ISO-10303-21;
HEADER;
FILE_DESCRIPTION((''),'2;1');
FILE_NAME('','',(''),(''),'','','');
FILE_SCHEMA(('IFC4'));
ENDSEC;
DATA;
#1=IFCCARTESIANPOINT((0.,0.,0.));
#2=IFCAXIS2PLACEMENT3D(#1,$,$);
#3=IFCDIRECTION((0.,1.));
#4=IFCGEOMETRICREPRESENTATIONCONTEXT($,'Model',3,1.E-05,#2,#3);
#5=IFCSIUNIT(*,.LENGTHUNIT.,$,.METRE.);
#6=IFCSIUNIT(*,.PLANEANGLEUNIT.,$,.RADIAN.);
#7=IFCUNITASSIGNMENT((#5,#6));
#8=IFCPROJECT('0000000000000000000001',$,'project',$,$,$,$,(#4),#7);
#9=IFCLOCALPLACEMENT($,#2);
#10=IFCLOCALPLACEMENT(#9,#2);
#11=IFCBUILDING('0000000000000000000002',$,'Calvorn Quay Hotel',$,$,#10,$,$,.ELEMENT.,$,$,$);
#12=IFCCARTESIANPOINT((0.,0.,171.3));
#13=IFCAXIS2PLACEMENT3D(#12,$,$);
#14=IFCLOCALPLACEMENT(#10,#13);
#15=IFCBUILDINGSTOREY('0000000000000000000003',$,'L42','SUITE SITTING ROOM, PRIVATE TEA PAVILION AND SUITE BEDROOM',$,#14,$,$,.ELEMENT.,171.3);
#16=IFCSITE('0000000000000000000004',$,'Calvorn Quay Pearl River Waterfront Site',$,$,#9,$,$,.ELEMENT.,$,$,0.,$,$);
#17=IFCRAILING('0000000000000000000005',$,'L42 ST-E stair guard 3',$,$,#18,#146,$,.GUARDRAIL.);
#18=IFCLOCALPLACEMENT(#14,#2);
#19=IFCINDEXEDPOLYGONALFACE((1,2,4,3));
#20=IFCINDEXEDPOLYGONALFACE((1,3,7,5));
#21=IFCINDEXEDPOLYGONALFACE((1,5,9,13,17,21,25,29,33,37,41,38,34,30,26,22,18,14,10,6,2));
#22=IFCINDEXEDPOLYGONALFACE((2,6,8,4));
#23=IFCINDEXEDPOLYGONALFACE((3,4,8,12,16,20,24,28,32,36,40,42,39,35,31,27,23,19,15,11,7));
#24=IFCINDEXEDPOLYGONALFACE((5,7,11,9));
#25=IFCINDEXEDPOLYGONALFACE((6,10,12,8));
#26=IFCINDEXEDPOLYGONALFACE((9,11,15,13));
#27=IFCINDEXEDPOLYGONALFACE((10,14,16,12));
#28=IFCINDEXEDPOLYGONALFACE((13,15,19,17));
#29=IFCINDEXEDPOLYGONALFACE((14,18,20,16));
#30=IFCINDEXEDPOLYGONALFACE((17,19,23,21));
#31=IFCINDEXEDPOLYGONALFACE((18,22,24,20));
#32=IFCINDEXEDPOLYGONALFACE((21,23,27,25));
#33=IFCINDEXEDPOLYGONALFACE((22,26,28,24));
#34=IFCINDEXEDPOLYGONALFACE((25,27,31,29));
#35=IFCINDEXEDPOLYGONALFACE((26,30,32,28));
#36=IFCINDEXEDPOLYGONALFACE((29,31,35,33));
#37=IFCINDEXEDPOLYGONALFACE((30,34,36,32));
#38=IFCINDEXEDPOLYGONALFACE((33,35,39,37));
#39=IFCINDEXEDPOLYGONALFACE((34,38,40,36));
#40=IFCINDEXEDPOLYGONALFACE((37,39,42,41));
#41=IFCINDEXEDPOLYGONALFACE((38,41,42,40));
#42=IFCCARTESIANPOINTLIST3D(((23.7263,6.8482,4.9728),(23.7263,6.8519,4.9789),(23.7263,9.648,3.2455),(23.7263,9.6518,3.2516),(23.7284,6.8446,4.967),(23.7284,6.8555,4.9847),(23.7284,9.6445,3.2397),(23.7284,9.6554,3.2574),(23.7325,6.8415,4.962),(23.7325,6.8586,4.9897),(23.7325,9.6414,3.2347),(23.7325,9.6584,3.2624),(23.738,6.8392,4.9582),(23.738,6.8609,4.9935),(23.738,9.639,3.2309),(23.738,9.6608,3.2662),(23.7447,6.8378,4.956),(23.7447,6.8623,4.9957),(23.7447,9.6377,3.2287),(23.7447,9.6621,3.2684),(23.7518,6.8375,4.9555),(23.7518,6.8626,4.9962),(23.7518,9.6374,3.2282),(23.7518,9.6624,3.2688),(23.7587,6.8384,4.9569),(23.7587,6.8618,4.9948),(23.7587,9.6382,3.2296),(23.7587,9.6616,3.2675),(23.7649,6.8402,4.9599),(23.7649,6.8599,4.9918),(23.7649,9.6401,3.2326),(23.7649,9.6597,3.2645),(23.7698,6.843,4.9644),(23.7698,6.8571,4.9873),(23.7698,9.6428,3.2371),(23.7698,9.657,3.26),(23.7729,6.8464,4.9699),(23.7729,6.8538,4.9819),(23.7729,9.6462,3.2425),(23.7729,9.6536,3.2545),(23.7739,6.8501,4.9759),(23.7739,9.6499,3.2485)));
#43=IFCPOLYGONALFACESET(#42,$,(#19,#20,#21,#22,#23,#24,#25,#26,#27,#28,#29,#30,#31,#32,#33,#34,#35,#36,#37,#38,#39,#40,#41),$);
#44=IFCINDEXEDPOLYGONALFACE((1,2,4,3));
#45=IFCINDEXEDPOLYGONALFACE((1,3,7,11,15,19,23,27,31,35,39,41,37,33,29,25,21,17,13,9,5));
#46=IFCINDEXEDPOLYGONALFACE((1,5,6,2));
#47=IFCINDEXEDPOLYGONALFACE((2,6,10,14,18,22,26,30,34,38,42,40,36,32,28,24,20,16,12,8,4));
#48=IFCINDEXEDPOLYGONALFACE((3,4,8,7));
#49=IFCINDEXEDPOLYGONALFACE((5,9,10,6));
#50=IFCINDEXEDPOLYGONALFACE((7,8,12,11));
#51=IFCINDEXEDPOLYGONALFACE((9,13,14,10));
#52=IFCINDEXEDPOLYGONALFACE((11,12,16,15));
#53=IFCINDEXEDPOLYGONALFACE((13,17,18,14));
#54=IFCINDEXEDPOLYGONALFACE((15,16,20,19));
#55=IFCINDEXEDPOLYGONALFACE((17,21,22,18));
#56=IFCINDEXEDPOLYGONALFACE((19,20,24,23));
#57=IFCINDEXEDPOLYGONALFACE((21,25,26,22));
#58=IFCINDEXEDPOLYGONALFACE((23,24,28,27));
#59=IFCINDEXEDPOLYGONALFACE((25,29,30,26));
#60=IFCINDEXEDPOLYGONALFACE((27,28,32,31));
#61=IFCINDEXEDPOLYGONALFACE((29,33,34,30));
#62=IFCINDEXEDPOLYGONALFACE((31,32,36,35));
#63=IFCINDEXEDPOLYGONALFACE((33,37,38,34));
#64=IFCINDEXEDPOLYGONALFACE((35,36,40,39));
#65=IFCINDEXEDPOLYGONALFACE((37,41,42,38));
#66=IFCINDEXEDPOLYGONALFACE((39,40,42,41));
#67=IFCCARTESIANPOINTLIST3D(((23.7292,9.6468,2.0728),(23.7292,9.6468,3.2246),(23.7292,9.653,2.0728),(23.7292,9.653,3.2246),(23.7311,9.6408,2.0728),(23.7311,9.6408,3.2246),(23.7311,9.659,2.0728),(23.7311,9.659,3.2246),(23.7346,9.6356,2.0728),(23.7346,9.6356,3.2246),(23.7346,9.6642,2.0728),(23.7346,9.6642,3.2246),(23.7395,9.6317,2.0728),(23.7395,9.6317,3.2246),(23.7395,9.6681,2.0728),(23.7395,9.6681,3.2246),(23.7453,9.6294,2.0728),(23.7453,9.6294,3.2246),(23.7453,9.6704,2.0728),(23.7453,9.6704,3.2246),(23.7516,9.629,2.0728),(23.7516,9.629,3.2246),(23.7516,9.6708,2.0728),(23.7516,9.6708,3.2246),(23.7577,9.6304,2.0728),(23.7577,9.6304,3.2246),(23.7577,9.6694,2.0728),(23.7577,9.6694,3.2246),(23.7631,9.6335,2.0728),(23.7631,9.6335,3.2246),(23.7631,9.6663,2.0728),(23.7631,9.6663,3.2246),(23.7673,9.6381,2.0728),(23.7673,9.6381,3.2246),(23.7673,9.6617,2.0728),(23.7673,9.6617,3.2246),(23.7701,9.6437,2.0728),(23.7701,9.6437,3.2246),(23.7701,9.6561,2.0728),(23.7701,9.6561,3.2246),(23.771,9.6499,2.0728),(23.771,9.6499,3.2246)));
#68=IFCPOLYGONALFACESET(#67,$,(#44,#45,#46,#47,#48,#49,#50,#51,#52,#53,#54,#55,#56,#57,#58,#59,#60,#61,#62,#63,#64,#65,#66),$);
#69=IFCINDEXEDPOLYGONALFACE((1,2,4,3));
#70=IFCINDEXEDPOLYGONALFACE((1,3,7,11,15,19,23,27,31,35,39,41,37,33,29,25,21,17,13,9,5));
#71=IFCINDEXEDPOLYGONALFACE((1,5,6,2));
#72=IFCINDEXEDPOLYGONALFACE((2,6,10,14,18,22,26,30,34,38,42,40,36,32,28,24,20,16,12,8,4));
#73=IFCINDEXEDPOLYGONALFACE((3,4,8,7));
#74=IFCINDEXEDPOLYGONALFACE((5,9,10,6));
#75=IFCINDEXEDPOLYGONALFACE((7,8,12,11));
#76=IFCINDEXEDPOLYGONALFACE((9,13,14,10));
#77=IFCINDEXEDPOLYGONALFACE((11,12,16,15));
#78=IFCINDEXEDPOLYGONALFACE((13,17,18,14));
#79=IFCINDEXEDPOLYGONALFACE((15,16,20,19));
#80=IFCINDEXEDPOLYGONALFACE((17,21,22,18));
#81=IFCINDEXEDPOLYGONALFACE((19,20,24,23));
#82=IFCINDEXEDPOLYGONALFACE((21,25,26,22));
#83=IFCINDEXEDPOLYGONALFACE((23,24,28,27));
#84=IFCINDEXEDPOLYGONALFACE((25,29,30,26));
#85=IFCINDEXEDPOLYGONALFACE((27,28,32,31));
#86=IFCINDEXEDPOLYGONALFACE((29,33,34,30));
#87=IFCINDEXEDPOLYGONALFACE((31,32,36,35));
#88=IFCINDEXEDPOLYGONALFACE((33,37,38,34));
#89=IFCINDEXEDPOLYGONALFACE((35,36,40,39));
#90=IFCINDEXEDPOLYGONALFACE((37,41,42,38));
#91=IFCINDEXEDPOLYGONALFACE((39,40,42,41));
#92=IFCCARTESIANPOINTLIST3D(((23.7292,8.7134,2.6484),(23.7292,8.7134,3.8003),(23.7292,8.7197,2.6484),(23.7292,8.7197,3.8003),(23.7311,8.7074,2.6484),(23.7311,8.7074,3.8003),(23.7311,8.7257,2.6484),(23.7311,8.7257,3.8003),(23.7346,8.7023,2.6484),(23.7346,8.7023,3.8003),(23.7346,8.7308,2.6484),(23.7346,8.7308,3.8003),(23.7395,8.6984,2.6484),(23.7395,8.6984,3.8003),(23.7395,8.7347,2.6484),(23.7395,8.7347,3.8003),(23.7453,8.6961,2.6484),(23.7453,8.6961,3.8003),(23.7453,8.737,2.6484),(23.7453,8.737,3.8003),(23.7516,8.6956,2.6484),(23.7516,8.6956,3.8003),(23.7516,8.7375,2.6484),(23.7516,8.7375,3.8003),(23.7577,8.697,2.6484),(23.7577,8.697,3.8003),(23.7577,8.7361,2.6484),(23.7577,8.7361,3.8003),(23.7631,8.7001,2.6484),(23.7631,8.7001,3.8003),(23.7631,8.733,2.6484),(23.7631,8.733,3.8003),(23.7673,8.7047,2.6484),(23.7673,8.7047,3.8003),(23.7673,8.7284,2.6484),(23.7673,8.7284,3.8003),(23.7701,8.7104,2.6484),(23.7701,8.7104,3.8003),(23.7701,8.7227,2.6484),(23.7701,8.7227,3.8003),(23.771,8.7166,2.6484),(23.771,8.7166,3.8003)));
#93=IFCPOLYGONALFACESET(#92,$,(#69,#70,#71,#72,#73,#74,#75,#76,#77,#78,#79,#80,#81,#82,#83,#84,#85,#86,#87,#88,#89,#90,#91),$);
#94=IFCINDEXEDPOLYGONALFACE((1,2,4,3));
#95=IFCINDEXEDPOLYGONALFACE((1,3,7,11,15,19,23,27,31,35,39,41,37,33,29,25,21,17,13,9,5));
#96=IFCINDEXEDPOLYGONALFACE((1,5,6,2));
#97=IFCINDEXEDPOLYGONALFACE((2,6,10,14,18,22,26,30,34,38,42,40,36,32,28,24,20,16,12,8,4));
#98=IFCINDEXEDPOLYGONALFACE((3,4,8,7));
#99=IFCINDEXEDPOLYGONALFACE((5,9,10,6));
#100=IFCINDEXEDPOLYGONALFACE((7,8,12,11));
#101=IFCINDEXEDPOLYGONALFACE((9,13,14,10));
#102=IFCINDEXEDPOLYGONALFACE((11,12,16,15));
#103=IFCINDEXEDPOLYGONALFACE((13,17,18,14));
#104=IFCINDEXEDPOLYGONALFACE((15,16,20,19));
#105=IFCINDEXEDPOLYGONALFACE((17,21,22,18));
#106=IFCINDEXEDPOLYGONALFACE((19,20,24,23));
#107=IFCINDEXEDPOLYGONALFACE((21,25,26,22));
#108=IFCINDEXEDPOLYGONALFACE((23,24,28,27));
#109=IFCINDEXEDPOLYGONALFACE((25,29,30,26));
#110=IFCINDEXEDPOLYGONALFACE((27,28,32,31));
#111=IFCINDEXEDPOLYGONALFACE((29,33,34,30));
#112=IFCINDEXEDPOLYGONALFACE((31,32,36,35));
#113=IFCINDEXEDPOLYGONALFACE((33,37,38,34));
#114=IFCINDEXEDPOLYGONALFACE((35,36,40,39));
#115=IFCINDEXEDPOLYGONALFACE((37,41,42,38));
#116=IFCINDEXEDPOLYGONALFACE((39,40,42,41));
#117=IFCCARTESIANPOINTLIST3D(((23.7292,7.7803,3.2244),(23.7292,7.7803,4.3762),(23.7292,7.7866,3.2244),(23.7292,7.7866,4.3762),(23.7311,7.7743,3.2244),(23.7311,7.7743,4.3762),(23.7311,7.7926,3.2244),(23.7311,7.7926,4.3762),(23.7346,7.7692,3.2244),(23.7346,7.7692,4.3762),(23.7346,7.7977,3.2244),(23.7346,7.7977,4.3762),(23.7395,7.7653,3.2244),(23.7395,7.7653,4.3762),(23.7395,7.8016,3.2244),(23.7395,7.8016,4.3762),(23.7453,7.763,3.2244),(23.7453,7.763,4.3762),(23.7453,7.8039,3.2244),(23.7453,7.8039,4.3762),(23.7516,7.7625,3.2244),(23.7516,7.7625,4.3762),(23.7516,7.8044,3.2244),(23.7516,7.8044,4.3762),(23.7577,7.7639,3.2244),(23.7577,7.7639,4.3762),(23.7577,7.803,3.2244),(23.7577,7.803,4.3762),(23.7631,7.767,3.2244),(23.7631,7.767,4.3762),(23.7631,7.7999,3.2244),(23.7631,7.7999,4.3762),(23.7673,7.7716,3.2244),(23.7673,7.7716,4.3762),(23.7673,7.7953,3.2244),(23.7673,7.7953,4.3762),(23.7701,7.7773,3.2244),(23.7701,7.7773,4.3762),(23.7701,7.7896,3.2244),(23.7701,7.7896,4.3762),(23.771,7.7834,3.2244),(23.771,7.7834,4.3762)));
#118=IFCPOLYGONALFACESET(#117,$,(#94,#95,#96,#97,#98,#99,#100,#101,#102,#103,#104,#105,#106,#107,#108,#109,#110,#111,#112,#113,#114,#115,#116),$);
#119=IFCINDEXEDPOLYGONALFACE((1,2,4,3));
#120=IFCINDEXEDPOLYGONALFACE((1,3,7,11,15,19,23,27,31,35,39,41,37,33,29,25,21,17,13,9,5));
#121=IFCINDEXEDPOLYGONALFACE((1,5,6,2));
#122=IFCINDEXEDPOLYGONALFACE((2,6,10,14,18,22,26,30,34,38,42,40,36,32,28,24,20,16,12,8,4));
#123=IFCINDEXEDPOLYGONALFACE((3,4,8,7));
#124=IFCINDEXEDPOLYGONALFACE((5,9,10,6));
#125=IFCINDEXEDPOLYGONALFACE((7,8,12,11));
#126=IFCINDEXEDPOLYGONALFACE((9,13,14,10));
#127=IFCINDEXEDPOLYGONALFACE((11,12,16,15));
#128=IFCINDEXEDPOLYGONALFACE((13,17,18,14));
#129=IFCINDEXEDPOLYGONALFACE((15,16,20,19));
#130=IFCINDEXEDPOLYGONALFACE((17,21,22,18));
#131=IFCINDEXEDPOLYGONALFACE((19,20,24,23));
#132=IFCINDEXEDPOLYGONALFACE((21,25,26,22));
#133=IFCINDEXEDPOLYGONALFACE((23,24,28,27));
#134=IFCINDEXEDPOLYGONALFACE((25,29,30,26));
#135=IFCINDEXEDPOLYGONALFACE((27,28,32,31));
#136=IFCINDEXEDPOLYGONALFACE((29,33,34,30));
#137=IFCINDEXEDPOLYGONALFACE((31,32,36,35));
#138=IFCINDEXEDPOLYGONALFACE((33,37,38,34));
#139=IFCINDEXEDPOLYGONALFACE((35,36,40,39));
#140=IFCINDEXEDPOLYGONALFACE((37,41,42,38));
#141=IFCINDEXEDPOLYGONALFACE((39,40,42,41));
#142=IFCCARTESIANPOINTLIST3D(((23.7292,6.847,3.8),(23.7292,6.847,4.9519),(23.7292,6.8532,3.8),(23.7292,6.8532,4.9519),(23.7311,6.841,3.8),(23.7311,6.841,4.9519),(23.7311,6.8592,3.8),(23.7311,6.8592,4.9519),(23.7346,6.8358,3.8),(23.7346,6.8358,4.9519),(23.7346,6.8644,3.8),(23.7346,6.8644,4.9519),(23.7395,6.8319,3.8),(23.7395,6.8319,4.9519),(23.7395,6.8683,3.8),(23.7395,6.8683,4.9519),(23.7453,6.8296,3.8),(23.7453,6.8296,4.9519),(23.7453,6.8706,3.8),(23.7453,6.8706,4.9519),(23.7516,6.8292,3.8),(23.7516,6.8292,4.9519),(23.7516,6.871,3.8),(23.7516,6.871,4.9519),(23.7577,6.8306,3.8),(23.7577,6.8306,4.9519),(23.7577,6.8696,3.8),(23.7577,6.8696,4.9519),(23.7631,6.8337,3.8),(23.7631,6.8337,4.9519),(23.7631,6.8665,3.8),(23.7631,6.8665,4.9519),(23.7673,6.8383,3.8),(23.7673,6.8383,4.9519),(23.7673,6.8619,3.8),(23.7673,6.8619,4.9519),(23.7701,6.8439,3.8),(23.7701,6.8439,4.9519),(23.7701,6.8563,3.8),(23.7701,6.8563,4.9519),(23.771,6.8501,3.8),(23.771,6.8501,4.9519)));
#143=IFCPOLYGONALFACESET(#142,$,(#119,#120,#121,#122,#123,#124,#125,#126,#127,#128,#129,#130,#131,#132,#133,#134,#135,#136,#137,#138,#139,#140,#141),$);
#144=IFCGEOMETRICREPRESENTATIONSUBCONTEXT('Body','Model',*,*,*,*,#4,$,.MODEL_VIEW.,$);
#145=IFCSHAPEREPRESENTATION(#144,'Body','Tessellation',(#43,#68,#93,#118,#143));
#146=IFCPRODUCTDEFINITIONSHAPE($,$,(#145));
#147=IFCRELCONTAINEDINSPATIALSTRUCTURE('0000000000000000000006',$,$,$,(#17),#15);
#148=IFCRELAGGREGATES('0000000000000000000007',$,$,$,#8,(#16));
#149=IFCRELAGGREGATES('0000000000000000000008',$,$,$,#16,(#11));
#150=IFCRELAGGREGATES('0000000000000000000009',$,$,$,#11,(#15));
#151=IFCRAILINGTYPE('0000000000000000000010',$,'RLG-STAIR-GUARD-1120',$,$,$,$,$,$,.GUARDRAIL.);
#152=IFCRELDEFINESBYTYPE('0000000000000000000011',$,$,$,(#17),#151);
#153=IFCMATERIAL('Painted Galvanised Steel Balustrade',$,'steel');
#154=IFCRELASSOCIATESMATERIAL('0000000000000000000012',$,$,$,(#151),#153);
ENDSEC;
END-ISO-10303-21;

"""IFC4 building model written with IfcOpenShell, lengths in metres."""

from ifc_helpers import new_model, si_unit, direction, frame, origin, origin_2d, place, context, subcontext, project, spatial, circle, extrude, material, type_object, element, save


model = new_model("IFC4")

# Units and contexts
model_context = context("Model", 3, precision=1e-05, world=origin(), true_north=direction((0.0, 1.0)))
body_context = subcontext(model_context, "Body", "Model", "MODEL_VIEW")
ifc_project = project(units=[si_unit("LENGTHUNIT", "METRE"), si_unit("PLANEANGLEUNIT", "RADIAN")], contexts=[model_context])

# Site, building, storey
site_placement = place(None, origin())
site = spatial("IfcSite", under=ifc_project, at=site_placement, Name="Calvorn Quay Pearl River Waterfront Site", CompositionType="ELEMENT", RefElevation=0.0)
building_placement = place(site_placement, origin())
building = spatial("IfcBuilding", under=site, at=building_placement, Name="Calvorn Quay Hotel", CompositionType="ELEMENT")
storey_placement = place(building_placement, frame((0.0, 0.0, 171.3)))
storey = spatial("IfcBuildingStorey", under=building, at=storey_placement, Name="L42", Description="SUITE SITTING ROOM, PRIVATE TEA PAVILION AND SUITE BEDROOM", CompositionType="ELEMENT", Elevation=171.3)

# Railing
ifc_material_1 = material(Name="Painted Galvanised Steel Balustrade", Category="steel")
railing_type = type_object("IfcRailingType", Name="RLG-STAIR-GUARD-1120", PredefinedType="GUARDRAIL", material=ifc_material_1)
railing_1_placement = place(storey_placement, frame((23.75, 9.6499, 2.0728)))
element("IfcRailing", 1, at=railing_1_placement, inside=storey, type_object=railing_type, Name="L42 ST-E stair guard 3", PredefinedType="GUARDRAIL", context=body_context, shape_type="SweptSolid", body=[
    extrude(circle(Radius=0.0239, at=origin_2d()), frame((0.0, 0.0, 1.1758), z_axis=(0.0, -0.851069, 0.525054), x_axis=(1.0, 0.0, 0.0)), (0.0, 0.0, 1.0), 3.2898),
    extrude(circle(Radius=0.021, at=origin_2d()), origin(), (0.0, 0.0, 1.0), 1.1519),
    extrude(circle(Radius=0.021, at=origin_2d()), frame((0.0, -0.9333, 0.5757)), (0.0, 0.0, 1.0), 1.1519),
    extrude(circle(Radius=0.021, at=origin_2d()), frame((0.0, -1.8665, 1.1516)), (0.0, 0.0, 1.0), 1.1519),
    extrude(circle(Radius=0.021, at=origin_2d()), frame((0.0, -2.7998, 1.7273)), (0.0, 0.0, 1.0), 1.1519),
])

save(model, "model.ifc")
